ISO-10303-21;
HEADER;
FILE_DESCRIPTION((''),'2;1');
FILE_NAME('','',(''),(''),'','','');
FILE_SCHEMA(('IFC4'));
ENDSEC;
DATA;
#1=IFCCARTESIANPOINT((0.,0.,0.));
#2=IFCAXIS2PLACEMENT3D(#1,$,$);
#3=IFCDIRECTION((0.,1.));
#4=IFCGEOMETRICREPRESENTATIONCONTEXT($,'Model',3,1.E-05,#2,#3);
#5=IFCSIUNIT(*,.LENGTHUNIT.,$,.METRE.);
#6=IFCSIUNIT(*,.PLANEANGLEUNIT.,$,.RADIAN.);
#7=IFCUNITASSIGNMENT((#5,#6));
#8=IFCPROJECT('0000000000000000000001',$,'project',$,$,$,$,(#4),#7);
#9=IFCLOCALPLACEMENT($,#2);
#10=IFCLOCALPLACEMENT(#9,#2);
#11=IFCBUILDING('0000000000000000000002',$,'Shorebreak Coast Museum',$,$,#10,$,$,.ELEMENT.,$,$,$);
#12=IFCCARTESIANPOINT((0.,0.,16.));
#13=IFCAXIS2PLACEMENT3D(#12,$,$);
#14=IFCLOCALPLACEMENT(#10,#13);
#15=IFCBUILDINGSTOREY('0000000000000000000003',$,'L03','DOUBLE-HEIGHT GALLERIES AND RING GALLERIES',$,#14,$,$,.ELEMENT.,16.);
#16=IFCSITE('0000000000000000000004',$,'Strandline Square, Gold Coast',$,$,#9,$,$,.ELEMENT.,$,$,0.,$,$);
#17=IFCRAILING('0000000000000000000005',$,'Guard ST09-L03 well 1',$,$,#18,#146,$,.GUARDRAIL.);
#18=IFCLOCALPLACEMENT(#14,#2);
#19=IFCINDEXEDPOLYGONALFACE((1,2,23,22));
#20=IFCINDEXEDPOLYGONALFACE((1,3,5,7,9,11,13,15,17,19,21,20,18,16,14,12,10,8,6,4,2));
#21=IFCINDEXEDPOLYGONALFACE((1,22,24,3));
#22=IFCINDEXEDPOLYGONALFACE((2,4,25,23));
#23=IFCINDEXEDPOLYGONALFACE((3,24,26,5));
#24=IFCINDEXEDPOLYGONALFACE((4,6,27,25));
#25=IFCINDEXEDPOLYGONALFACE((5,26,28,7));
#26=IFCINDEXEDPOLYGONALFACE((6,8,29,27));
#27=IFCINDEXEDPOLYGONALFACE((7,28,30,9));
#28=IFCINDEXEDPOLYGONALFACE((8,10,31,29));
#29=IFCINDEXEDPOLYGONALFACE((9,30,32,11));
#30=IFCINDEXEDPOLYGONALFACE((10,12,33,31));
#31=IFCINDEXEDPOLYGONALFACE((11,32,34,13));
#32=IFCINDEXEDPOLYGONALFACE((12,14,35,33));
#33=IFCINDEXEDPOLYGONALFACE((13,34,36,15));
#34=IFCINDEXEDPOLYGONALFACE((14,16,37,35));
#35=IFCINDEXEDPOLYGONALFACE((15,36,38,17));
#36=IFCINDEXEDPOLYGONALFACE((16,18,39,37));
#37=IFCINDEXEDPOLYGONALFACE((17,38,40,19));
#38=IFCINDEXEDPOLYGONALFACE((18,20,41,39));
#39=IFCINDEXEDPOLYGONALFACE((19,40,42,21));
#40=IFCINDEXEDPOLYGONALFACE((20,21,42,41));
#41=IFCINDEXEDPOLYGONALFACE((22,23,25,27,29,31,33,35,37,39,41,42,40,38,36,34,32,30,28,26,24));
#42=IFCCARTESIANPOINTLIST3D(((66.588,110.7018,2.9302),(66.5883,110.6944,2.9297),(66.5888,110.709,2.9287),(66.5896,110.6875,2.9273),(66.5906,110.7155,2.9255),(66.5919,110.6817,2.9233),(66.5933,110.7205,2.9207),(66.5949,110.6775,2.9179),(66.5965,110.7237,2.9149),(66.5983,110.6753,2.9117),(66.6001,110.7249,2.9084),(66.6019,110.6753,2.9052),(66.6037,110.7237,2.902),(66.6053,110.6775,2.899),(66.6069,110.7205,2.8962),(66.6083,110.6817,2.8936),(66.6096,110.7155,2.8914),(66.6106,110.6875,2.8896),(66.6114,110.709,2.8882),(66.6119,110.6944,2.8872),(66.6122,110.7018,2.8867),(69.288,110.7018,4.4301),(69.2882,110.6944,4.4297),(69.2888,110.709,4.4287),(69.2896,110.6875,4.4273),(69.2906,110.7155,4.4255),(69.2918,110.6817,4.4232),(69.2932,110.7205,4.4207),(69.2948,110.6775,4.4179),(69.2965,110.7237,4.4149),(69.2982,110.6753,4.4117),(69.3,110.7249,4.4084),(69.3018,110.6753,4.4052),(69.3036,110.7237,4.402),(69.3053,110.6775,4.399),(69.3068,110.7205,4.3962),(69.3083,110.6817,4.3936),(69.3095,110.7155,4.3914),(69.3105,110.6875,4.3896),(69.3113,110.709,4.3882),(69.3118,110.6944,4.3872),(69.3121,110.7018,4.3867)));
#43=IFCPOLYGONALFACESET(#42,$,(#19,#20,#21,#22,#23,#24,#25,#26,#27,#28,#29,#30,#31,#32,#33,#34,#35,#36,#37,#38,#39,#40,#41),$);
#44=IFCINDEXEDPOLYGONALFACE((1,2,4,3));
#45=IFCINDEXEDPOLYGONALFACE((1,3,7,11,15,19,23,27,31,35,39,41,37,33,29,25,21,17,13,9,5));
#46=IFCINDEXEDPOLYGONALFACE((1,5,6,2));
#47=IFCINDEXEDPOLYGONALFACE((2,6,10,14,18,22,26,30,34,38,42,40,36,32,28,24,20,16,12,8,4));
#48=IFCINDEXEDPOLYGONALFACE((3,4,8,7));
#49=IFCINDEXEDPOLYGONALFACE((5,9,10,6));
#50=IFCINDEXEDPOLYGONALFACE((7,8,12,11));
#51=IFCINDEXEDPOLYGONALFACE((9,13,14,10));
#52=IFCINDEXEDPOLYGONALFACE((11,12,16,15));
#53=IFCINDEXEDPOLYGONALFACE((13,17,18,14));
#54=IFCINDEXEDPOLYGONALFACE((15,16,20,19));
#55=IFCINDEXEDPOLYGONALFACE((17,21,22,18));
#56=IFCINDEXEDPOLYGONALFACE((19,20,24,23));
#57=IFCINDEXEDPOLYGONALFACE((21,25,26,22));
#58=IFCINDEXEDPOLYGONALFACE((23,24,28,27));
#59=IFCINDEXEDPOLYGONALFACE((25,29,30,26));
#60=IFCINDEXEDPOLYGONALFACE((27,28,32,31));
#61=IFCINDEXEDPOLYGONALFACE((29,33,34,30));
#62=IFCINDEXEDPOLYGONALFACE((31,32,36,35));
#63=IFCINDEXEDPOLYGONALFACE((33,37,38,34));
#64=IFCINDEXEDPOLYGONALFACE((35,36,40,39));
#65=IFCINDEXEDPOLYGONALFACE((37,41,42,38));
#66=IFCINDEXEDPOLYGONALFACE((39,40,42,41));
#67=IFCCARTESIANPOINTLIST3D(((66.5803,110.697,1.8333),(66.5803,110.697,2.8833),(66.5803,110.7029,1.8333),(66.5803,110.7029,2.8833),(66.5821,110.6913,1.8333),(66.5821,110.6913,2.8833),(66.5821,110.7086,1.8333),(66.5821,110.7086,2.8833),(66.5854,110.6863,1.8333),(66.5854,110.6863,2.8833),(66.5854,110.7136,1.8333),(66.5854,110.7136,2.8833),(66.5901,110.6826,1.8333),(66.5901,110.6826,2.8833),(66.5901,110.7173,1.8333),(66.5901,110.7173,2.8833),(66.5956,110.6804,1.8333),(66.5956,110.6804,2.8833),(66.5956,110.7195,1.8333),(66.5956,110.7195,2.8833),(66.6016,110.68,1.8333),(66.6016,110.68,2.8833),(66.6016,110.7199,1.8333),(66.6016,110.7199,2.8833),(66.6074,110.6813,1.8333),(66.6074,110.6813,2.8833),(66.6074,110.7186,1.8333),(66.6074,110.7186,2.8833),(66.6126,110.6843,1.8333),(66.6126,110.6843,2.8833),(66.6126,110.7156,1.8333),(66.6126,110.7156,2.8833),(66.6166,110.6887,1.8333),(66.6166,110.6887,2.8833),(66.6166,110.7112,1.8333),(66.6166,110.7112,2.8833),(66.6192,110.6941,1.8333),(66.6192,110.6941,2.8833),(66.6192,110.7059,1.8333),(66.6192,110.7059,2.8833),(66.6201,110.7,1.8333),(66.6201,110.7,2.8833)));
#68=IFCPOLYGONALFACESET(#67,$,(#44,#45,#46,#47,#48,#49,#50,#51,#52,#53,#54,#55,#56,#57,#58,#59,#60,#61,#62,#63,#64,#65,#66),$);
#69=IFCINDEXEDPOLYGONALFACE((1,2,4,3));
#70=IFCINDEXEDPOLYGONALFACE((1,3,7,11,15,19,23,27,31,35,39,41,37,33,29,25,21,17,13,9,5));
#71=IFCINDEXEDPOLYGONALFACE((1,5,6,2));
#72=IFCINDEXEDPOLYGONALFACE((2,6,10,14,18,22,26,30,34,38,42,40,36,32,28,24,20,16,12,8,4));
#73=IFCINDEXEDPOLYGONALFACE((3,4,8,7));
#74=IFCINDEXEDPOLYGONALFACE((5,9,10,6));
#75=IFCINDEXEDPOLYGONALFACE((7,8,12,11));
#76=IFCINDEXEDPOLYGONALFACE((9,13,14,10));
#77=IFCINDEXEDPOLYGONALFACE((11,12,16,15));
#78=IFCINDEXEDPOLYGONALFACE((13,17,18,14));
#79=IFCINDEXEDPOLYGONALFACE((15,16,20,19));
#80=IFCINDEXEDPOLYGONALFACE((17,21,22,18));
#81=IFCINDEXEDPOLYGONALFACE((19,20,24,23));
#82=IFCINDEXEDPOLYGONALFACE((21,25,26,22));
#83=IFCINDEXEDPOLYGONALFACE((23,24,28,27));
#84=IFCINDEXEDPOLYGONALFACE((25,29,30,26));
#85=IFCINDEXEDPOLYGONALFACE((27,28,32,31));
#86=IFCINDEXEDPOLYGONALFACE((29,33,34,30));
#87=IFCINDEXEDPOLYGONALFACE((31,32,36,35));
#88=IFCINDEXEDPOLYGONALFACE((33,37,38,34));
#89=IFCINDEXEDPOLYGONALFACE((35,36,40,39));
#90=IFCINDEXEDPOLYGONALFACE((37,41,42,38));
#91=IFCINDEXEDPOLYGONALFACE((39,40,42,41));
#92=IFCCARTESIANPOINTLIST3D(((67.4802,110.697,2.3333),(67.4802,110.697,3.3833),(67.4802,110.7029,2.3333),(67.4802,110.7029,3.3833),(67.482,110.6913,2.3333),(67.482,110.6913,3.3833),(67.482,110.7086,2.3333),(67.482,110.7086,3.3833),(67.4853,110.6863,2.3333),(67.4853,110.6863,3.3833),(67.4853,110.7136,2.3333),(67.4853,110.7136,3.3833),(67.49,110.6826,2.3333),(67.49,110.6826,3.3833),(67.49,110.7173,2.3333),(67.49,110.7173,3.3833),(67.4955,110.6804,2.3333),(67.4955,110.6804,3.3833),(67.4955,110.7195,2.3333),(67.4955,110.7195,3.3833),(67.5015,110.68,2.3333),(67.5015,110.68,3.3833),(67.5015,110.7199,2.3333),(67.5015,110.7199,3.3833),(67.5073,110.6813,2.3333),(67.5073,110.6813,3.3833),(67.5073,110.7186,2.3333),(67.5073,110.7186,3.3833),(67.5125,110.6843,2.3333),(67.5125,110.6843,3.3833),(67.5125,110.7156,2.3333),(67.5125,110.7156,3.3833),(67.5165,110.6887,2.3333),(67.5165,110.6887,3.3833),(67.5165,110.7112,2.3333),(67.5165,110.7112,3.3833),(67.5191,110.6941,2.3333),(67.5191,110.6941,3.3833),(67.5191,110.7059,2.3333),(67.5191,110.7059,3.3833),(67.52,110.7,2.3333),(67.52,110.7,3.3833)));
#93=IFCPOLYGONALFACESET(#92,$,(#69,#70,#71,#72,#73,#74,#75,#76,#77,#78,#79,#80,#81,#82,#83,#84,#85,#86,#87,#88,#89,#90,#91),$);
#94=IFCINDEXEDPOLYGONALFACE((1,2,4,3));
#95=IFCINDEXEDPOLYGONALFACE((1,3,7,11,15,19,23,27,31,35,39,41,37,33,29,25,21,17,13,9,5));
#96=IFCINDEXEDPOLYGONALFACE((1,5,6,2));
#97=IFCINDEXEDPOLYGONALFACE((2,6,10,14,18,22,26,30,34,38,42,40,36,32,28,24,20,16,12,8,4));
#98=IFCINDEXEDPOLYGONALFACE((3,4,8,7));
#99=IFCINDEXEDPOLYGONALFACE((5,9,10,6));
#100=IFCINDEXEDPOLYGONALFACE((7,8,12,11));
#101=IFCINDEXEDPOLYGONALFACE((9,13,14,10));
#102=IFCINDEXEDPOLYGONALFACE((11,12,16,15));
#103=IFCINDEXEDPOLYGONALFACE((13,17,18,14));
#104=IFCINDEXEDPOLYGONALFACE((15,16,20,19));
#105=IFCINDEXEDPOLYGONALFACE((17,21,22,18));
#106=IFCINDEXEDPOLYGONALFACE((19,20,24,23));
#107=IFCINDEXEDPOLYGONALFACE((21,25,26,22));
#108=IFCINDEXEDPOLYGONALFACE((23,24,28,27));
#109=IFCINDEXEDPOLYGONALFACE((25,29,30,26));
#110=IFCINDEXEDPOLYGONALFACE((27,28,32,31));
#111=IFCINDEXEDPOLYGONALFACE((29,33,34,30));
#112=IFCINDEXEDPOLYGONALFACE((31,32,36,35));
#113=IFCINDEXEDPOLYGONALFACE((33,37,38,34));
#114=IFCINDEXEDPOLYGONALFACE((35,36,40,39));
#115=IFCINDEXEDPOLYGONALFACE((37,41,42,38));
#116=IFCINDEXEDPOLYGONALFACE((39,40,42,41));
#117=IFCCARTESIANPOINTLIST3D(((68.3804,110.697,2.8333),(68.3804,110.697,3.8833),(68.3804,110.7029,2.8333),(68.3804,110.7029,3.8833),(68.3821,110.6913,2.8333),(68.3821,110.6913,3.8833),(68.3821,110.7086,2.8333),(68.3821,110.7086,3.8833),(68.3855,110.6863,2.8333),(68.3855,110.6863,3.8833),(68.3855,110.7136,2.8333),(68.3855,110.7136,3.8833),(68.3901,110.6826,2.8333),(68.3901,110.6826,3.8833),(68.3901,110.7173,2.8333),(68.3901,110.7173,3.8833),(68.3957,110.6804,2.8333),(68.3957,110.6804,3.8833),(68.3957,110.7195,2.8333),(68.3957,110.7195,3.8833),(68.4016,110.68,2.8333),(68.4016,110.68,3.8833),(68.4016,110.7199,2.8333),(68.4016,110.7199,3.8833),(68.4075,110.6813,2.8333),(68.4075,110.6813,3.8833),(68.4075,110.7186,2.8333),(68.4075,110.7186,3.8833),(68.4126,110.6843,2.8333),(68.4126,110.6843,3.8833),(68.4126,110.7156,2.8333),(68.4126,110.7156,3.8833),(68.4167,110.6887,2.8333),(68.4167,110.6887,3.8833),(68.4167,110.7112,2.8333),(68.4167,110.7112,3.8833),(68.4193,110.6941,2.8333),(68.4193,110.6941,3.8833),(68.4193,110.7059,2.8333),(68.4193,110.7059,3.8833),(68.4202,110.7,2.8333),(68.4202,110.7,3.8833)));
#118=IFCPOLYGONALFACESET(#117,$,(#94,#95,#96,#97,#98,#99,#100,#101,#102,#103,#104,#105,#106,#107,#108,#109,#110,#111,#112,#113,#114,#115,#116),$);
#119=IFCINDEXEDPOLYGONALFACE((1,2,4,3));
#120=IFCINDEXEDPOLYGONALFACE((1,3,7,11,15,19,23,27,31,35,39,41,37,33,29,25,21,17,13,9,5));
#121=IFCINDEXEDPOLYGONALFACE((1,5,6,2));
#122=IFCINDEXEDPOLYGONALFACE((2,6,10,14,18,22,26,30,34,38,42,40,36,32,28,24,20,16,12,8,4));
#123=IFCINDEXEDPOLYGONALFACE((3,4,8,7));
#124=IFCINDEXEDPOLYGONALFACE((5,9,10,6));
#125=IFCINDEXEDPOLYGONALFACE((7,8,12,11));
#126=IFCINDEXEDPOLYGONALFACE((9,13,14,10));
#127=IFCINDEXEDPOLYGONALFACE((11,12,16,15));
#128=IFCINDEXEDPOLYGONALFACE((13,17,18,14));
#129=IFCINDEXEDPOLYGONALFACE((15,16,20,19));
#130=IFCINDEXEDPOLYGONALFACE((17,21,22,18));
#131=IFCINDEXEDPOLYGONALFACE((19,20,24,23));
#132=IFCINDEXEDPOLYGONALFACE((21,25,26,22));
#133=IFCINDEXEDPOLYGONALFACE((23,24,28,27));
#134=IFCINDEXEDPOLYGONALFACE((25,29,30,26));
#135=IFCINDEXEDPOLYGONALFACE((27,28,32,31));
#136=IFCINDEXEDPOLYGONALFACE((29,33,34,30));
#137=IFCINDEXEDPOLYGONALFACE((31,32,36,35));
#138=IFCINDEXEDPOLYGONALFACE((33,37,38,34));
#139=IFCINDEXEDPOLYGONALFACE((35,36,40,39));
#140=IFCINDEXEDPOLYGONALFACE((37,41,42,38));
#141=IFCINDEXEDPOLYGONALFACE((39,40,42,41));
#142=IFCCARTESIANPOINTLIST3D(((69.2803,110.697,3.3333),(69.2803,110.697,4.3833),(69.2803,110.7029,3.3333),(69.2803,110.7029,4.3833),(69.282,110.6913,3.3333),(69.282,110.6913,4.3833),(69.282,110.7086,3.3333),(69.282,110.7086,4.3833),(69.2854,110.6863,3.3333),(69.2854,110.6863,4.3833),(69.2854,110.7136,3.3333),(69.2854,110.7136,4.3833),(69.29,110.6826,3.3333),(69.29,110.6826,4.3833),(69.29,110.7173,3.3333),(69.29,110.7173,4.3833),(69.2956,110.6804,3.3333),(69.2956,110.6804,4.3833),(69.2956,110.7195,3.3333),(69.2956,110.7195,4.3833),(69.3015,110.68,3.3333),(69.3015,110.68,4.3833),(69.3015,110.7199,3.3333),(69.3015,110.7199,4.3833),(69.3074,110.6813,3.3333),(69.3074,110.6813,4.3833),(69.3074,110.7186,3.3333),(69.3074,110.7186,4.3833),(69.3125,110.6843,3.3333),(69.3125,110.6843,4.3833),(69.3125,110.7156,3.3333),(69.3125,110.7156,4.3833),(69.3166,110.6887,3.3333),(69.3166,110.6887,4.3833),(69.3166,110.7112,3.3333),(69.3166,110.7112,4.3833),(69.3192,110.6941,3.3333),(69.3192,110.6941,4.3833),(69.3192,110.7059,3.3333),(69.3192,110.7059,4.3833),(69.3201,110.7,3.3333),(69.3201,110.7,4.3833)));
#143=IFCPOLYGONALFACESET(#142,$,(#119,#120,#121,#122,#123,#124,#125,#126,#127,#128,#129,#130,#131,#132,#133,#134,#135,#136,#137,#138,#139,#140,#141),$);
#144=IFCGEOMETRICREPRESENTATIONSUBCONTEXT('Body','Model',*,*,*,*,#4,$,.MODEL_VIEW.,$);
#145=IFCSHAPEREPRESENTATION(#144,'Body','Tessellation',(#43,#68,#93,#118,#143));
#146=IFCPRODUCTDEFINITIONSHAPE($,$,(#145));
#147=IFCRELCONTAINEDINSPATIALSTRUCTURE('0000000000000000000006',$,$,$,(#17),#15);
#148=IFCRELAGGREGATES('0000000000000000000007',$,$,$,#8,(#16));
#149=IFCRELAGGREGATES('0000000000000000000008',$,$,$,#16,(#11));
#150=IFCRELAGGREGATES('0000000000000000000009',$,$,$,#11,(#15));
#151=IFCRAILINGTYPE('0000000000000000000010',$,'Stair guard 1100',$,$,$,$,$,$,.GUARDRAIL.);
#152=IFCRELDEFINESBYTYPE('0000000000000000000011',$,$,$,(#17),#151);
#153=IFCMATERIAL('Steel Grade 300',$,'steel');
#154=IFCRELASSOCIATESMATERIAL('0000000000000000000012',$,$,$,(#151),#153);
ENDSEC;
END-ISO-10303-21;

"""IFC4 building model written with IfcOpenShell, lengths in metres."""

from ifc_helpers import new_model, si_unit, direction, frame, origin, origin_2d, place, context, subcontext, project, spatial, circle, extrude, material, type_object, element, save


model = new_model("IFC4")

# Units and contexts
model_context = context("Model", 3, precision=1e-05, world=origin(), true_north=direction((0.0, 1.0)))
body_context = subcontext(model_context, "Body", "Model", "MODEL_VIEW")
ifc_project = project(units=[si_unit("LENGTHUNIT", "METRE"), si_unit("PLANEANGLEUNIT", "RADIAN")], contexts=[model_context])

# Site, building, storey
site_placement = place(None, origin())
site = spatial("IfcSite", under=ifc_project, at=site_placement, Name="Strandline Square, Gold Coast", CompositionType="ELEMENT", RefElevation=0.0)
building_placement = place(site_placement, origin())
building = spatial("IfcBuilding", under=site, at=building_placement, Name="Shorebreak Coast Museum", CompositionType="ELEMENT")
storey_placement = place(building_placement, frame((0.0, 0.0, 16.0)))
storey = spatial("IfcBuildingStorey", under=building, at=storey_placement, Name="L03", Description="DOUBLE-HEIGHT GALLERIES AND RING GALLERIES", CompositionType="ELEMENT", Elevation=16.0)

# Railing
ifc_material_1 = material(Name="Steel Grade 300", Category="steel")
railing_type_1 = type_object("IfcRailingType", Name="Stair guard 1100", PredefinedType="GUARDRAIL", material=ifc_material_1)
for number, where, name in (
    (1, (66.6001, 110.7, 1.8333), "Guard ST09-L03 well 1"),
):
    element("IfcRailing", number, at=place(storey_placement, frame(where)), inside=storey, type_object=railing_type_1, Name=name, PredefinedType="GUARDRAIL", context=body_context, shape_type="SweptSolid", body=[
        extrude(circle(Radius=0.0249, at=origin_2d()), frame((0.0, 0.0, 1.0752), z_axis=(0.874154, 0.0, 0.48565), x_axis=(0.0, 1.0, 0.0)), (0.0, 0.0, 1.0), 3.0886),
        extrude(circle(Radius=0.02, at=origin_2d()), origin(), (0.0, 0.0, 1.0), 1.05),
        extrude(circle(Radius=0.02, at=origin_2d()), frame((0.8999, 0.0, 0.5)), (0.0, 0.0, 1.0), 1.05),
        extrude(circle(Radius=0.02, at=origin_2d()), frame((1.8, 0.0, 1.0)), (0.0, 0.0, 1.0), 1.05),
        extrude(circle(Radius=0.02, at=origin_2d()), frame((2.7, 0.0, 1.5)), (0.0, 0.0, 1.0), 1.05),
    ])

save(model, "model.ifc")
